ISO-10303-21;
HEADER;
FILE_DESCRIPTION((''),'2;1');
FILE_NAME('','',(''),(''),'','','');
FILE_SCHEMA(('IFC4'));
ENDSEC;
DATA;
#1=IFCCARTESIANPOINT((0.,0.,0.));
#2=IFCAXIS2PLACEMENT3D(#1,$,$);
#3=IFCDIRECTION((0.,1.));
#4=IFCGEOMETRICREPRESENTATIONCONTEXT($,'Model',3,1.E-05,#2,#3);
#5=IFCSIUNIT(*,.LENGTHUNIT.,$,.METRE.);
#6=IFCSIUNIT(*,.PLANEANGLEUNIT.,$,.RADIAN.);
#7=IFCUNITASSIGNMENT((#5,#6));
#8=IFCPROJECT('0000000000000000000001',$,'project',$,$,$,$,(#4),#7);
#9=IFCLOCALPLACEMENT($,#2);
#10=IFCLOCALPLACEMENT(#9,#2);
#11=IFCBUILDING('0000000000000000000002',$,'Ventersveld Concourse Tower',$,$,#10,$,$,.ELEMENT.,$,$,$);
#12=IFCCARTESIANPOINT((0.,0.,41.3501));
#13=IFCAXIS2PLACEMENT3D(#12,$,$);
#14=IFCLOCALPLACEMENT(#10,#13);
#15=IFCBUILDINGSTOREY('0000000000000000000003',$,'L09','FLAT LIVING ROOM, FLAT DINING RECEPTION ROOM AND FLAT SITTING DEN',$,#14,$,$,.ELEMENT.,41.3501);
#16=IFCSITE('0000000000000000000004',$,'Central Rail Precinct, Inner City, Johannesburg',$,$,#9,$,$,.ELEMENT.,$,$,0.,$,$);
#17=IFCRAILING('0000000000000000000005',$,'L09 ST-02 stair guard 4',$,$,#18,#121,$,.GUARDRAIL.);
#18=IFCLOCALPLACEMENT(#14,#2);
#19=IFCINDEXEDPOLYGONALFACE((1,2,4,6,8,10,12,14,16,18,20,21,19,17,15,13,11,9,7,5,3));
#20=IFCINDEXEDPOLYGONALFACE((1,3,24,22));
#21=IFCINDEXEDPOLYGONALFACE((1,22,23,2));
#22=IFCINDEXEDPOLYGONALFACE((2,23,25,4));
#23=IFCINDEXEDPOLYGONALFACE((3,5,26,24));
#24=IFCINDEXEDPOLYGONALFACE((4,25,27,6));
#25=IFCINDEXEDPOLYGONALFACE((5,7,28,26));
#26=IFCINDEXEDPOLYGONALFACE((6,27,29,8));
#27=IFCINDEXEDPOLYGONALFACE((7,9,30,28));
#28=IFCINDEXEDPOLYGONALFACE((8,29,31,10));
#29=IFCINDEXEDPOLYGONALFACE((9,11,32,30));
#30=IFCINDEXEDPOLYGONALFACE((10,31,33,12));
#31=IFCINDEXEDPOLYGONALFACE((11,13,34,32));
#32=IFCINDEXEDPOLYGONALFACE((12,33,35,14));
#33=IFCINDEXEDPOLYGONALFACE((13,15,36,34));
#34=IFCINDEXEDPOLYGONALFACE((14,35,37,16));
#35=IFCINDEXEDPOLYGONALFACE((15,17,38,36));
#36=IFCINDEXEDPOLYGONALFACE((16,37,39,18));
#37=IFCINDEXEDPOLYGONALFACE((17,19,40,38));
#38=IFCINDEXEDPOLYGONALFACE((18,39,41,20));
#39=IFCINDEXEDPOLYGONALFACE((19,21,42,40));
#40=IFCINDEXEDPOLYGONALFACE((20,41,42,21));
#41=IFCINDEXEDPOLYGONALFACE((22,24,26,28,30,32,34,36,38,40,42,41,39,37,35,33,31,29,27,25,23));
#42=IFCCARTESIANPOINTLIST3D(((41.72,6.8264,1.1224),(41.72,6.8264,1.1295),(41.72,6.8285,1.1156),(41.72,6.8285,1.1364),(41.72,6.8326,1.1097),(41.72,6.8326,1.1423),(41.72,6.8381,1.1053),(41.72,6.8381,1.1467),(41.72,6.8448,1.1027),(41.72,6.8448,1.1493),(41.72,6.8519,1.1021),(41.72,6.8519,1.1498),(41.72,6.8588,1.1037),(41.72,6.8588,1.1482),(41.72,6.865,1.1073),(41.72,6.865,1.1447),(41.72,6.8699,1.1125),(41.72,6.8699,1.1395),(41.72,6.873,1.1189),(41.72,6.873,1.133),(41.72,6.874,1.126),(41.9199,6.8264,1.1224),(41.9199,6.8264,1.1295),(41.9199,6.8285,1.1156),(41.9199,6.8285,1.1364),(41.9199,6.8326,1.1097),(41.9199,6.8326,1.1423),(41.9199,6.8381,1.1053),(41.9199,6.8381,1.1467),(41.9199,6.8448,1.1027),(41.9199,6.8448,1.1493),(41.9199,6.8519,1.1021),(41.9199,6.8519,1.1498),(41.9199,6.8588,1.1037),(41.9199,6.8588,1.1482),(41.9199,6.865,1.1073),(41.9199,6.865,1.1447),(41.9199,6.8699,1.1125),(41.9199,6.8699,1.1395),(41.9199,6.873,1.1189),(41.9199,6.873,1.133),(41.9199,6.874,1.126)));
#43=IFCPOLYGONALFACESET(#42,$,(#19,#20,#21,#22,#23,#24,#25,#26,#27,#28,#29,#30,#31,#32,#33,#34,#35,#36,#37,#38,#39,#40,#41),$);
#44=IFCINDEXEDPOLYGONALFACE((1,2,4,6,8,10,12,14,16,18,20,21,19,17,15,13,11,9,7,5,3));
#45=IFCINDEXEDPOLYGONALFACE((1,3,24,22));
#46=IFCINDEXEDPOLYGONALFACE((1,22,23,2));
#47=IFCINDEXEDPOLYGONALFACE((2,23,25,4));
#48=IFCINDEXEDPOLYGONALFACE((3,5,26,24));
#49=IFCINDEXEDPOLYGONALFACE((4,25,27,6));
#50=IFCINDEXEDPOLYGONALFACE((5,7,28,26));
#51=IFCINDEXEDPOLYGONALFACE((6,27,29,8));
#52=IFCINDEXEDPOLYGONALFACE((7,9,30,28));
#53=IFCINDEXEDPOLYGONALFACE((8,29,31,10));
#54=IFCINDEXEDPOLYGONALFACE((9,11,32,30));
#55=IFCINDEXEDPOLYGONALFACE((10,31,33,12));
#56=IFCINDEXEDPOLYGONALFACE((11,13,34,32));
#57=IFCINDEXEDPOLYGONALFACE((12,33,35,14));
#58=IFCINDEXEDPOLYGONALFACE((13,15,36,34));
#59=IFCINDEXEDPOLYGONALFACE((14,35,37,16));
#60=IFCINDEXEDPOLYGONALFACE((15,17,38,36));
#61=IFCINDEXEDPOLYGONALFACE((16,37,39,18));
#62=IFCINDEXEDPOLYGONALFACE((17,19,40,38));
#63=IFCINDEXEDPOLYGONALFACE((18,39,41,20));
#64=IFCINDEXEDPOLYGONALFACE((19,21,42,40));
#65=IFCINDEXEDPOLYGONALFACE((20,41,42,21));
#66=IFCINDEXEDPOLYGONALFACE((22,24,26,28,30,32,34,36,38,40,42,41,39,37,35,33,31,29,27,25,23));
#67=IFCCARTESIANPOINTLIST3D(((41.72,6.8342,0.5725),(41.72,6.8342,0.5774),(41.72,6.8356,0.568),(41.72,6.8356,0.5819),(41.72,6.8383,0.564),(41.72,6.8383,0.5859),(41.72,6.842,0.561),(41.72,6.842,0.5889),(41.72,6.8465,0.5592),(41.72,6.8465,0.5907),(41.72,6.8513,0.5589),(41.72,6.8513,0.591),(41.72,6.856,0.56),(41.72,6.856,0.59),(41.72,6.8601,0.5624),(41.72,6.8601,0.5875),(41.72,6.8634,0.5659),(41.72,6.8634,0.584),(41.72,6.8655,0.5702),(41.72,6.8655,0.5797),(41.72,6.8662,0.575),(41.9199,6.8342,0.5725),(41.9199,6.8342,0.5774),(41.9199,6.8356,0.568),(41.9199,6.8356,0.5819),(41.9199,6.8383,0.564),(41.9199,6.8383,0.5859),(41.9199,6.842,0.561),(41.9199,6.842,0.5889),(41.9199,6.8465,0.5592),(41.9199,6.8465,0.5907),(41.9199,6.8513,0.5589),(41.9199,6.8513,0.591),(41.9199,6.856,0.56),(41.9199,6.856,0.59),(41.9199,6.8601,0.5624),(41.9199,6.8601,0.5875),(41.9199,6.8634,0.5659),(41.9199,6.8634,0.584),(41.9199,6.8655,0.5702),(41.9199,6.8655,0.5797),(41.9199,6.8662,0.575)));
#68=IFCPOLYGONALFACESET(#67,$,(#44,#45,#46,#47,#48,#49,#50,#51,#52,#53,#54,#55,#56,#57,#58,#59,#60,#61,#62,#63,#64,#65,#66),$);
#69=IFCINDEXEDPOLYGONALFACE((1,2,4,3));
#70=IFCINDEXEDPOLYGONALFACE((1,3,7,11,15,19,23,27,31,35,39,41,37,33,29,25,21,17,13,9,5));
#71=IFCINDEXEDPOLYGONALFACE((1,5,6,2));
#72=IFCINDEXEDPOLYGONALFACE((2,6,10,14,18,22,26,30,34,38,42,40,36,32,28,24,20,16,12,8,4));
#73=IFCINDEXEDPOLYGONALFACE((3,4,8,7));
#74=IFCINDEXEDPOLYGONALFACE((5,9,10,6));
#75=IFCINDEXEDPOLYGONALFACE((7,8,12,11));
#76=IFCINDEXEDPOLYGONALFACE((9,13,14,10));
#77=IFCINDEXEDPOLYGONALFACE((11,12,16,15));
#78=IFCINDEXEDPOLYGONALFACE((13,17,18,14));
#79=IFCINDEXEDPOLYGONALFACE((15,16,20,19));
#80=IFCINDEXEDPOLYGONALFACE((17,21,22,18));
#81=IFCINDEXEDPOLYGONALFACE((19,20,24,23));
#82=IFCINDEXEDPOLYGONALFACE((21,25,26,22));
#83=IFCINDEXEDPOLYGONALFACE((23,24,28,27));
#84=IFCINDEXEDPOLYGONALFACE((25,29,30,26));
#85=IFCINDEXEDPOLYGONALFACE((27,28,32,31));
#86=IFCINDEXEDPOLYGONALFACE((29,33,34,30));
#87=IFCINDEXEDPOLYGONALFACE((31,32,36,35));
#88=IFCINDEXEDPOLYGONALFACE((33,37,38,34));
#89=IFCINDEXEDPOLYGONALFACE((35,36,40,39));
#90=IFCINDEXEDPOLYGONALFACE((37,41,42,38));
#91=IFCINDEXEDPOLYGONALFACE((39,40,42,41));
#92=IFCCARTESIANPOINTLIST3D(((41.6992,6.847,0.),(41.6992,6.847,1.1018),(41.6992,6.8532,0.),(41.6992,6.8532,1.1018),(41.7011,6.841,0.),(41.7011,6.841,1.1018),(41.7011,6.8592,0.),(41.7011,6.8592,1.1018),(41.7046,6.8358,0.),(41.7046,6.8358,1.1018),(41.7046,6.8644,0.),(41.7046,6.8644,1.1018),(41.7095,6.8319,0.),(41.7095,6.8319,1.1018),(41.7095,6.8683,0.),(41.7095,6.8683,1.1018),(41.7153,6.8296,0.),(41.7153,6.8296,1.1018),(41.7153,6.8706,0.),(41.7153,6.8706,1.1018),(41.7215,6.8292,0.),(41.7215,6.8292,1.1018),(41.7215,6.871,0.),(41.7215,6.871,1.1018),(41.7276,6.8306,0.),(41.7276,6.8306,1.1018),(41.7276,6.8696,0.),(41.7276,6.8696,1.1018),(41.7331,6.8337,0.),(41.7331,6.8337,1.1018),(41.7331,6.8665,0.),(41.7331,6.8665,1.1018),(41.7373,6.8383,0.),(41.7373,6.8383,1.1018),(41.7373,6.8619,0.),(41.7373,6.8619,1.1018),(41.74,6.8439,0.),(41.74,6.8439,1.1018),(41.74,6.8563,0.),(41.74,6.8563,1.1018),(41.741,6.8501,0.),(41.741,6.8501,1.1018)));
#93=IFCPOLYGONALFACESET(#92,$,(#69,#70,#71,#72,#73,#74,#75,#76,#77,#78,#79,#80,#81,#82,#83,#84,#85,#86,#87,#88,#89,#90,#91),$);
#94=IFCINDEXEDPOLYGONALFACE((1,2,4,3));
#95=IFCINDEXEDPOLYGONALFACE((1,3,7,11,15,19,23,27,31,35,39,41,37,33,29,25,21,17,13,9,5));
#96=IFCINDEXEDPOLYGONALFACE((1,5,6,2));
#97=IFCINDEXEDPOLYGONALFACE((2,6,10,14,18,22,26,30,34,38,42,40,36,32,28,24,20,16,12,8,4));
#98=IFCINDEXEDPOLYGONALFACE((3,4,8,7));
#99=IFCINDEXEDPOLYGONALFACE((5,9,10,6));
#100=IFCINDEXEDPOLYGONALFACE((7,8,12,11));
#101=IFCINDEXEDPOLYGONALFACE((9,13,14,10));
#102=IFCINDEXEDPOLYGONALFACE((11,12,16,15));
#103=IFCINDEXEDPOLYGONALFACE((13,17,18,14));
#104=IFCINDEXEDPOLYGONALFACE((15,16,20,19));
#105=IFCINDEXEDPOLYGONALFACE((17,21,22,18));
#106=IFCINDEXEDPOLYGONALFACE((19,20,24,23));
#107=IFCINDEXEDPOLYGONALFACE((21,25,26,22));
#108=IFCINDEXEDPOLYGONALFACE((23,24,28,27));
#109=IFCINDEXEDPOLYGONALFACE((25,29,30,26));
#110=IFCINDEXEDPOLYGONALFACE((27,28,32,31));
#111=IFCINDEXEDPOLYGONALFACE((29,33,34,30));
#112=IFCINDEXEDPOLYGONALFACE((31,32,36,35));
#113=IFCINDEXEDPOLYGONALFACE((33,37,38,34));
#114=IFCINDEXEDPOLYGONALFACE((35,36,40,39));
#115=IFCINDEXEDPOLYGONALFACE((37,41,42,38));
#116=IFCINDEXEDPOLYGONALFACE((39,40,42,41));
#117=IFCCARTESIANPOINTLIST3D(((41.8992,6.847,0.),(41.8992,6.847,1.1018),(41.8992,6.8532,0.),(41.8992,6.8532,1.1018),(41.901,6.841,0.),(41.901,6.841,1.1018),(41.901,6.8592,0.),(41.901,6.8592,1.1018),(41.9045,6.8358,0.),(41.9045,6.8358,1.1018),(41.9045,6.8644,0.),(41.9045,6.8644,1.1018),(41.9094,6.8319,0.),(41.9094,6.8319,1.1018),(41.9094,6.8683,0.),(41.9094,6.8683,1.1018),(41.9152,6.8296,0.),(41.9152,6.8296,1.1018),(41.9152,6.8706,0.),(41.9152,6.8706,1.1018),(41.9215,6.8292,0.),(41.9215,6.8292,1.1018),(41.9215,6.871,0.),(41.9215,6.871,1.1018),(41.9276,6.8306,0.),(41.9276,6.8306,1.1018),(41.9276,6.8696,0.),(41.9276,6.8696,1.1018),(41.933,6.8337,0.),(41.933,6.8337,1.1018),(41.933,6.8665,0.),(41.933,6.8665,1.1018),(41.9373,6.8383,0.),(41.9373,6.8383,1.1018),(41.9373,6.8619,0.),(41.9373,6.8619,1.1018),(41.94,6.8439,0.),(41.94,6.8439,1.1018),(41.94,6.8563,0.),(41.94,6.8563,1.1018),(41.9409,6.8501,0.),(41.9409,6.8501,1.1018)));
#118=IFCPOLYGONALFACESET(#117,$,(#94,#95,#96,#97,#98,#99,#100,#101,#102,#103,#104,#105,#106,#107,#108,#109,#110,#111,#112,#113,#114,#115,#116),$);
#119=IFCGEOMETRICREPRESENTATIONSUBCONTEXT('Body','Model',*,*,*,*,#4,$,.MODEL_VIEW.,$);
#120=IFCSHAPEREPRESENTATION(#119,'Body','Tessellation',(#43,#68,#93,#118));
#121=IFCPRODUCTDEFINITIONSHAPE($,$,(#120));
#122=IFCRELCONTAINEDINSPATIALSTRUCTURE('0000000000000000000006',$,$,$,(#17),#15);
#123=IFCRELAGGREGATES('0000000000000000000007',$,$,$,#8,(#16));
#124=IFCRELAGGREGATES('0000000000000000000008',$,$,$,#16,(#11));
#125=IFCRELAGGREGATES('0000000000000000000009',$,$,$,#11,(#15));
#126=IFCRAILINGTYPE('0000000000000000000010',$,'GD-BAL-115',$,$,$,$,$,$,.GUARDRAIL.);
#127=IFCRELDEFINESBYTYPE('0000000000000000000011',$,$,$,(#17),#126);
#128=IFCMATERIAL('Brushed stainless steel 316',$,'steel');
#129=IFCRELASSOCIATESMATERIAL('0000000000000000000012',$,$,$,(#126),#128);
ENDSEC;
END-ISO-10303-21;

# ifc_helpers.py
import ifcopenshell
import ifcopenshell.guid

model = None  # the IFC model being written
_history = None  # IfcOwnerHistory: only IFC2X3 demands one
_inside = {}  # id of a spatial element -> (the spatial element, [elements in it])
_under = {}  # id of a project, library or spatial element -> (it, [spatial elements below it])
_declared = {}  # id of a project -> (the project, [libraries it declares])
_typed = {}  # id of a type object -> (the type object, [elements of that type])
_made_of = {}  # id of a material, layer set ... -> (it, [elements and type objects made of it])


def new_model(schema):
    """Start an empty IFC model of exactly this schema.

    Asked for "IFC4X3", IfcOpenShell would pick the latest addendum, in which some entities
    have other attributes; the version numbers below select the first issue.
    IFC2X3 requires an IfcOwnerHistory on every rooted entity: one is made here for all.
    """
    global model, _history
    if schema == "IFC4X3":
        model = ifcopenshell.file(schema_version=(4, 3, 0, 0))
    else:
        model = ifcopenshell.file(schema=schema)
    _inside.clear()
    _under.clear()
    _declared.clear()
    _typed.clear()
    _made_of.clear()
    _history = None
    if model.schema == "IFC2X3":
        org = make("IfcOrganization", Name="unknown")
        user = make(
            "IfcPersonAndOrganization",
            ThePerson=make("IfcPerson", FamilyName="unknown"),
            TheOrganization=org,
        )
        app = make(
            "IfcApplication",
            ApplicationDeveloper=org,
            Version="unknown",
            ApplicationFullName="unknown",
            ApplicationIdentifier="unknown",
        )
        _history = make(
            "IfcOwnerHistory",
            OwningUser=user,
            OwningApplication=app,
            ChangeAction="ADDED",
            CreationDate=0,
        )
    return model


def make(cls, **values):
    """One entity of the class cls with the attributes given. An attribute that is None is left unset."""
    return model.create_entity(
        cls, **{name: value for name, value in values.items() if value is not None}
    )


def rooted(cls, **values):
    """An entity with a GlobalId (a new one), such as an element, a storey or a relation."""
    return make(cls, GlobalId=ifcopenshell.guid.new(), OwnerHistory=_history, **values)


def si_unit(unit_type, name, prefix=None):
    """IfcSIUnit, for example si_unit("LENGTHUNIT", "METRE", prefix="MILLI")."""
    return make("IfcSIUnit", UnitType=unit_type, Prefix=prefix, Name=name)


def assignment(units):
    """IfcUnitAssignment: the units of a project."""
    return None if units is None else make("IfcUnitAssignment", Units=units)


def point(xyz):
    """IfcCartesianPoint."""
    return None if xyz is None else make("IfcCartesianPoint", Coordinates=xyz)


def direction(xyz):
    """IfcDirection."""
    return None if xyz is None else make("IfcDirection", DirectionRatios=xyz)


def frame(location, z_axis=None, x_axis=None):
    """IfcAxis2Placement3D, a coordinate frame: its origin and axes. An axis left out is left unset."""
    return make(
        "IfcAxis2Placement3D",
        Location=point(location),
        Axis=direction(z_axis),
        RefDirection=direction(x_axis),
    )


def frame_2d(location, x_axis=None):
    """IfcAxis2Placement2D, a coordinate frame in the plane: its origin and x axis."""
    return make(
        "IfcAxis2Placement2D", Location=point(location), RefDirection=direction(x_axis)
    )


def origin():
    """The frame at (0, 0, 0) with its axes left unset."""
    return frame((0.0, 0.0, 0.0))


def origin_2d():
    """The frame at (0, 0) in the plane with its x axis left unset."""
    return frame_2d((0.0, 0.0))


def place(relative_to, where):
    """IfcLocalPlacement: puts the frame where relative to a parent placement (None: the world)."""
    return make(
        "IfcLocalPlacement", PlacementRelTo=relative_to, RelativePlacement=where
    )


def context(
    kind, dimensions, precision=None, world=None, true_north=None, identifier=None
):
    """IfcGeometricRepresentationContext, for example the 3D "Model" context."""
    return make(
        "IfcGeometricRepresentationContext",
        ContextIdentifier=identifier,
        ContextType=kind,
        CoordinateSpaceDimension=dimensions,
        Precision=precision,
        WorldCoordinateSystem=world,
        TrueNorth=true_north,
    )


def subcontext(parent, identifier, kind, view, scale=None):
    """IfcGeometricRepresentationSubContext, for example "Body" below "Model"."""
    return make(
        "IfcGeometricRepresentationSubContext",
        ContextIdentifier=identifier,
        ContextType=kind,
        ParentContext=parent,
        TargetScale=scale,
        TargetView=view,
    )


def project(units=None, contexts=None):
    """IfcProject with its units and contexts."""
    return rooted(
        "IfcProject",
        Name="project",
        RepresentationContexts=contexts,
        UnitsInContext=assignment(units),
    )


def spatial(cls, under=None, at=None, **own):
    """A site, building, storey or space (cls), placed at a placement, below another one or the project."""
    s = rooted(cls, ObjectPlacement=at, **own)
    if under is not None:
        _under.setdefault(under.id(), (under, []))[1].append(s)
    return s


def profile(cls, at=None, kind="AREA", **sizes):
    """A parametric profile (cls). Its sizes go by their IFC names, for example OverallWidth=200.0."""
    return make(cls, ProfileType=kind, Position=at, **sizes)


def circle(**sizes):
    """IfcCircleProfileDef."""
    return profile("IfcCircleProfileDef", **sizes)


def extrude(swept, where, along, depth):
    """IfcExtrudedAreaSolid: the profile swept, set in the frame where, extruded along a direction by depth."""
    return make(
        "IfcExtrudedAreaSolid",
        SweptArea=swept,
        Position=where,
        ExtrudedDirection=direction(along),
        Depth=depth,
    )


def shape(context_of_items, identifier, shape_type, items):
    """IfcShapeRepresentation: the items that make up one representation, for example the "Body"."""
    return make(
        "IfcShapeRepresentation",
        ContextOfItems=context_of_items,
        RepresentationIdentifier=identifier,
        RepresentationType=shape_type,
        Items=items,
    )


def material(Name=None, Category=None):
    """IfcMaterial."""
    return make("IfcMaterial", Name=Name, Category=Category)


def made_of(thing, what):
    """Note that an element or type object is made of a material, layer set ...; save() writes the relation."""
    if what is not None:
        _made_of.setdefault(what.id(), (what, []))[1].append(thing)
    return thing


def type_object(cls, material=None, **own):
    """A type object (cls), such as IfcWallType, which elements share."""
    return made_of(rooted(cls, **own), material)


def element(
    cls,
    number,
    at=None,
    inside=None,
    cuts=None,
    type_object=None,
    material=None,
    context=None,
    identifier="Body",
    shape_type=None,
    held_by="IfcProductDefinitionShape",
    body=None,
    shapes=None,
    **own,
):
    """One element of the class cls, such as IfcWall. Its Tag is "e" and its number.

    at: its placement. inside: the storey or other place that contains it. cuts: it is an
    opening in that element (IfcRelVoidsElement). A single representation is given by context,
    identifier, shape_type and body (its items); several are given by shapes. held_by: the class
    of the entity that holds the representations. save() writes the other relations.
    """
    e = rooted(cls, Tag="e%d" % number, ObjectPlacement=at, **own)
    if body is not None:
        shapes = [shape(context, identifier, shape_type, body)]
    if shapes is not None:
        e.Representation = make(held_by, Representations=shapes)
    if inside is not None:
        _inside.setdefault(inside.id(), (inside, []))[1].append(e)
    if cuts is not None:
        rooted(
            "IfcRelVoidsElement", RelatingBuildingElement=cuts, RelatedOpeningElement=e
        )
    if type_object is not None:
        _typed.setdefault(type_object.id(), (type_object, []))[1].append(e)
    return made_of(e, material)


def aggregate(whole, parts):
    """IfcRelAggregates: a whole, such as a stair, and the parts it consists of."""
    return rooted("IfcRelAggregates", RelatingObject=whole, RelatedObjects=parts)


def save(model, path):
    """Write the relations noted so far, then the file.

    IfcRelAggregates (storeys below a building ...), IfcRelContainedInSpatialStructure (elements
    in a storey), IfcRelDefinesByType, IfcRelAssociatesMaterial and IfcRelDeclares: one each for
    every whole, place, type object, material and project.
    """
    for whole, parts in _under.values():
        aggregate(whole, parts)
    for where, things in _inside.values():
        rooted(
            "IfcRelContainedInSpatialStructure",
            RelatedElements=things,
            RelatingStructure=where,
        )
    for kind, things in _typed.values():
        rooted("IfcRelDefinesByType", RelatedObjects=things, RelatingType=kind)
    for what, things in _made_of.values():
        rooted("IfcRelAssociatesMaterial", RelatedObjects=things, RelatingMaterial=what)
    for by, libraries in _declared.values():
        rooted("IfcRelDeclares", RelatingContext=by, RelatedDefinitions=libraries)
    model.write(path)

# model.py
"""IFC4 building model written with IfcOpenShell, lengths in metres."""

from ifc_helpers import new_model, si_unit, direction, frame, origin, origin_2d, place, context, subcontext, project, spatial, circle, extrude, material, type_object, element, save


model = new_model("IFC4")

# Units and contexts
model_context = context("Model", 3, precision=1e-05, world=origin(), true_north=direction((0.0, 1.0)))
body_context = subcontext(model_context, "Body", "Model", "MODEL_VIEW")
ifc_project = project(units=[si_unit("LENGTHUNIT", "METRE"), si_unit("PLANEANGLEUNIT", "RADIAN")], contexts=[model_context])

# Site, building, storey
site_placement = place(None, origin())
site = spatial("IfcSite", under=ifc_project, at=site_placement, Name="Central Rail Precinct, Inner City, Johannesburg", CompositionType="ELEMENT", RefElevation=0.0)
building_placement = place(site_placement, origin())
building = spatial("IfcBuilding", under=site, at=building_placement, Name="Ventersveld Concourse Tower", CompositionType="ELEMENT")
storey_placement = place(building_placement, frame((0.0, 0.0, 41.3501)))
storey = spatial("IfcBuildingStorey", under=building, at=storey_placement, Name="L09", Description="FLAT LIVING ROOM, FLAT DINING RECEPTION ROOM AND FLAT SITTING DEN", CompositionType="ELEMENT", Elevation=41.3501)

# Railing
ifc_material_1 = material(Name="Brushed stainless steel 316", Category="steel")
railing_type_1 = type_object("IfcRailingType", Name="GD-BAL-115", PredefinedType="GUARDRAIL", material=ifc_material_1)
railing_1_placement = place(storey_placement, frame((41.72, 6.8501, 0.0)))
element("IfcRailing", 1, at=railing_1_placement, inside=storey, type_object=railing_type_1, Name="L09 ST-02 stair guard 4", PredefinedType="GUARDRAIL", context=body_context, shape_type="SweptSolid", body=[
    extrude(circle(Radius=0.0239, at=origin_2d()), frame((0.0, 0.0, 1.126), z_axis=(1.0, 0.0, 0.0), x_axis=(0.0, 1.0, 0.0)), (0.0, 0.0, 1.0), 0.2),
    extrude(circle(Radius=0.0161, at=origin_2d()), frame((0.0, 0.0, 0.575), z_axis=(1.0, 0.0, 0.0), x_axis=(0.0, 1.0, 0.0)), (0.0, 0.0, 1.0), 0.2),
    extrude(circle(Radius=0.021, at=origin_2d()), origin(), (0.0, 0.0, 1.0), 1.1018),
    extrude(circle(Radius=0.021, at=origin_2d()), frame((0.2, 0.0, 0.0)), (0.0, 0.0, 1.0), 1.1018),
])

save(model, "model.ifc")
